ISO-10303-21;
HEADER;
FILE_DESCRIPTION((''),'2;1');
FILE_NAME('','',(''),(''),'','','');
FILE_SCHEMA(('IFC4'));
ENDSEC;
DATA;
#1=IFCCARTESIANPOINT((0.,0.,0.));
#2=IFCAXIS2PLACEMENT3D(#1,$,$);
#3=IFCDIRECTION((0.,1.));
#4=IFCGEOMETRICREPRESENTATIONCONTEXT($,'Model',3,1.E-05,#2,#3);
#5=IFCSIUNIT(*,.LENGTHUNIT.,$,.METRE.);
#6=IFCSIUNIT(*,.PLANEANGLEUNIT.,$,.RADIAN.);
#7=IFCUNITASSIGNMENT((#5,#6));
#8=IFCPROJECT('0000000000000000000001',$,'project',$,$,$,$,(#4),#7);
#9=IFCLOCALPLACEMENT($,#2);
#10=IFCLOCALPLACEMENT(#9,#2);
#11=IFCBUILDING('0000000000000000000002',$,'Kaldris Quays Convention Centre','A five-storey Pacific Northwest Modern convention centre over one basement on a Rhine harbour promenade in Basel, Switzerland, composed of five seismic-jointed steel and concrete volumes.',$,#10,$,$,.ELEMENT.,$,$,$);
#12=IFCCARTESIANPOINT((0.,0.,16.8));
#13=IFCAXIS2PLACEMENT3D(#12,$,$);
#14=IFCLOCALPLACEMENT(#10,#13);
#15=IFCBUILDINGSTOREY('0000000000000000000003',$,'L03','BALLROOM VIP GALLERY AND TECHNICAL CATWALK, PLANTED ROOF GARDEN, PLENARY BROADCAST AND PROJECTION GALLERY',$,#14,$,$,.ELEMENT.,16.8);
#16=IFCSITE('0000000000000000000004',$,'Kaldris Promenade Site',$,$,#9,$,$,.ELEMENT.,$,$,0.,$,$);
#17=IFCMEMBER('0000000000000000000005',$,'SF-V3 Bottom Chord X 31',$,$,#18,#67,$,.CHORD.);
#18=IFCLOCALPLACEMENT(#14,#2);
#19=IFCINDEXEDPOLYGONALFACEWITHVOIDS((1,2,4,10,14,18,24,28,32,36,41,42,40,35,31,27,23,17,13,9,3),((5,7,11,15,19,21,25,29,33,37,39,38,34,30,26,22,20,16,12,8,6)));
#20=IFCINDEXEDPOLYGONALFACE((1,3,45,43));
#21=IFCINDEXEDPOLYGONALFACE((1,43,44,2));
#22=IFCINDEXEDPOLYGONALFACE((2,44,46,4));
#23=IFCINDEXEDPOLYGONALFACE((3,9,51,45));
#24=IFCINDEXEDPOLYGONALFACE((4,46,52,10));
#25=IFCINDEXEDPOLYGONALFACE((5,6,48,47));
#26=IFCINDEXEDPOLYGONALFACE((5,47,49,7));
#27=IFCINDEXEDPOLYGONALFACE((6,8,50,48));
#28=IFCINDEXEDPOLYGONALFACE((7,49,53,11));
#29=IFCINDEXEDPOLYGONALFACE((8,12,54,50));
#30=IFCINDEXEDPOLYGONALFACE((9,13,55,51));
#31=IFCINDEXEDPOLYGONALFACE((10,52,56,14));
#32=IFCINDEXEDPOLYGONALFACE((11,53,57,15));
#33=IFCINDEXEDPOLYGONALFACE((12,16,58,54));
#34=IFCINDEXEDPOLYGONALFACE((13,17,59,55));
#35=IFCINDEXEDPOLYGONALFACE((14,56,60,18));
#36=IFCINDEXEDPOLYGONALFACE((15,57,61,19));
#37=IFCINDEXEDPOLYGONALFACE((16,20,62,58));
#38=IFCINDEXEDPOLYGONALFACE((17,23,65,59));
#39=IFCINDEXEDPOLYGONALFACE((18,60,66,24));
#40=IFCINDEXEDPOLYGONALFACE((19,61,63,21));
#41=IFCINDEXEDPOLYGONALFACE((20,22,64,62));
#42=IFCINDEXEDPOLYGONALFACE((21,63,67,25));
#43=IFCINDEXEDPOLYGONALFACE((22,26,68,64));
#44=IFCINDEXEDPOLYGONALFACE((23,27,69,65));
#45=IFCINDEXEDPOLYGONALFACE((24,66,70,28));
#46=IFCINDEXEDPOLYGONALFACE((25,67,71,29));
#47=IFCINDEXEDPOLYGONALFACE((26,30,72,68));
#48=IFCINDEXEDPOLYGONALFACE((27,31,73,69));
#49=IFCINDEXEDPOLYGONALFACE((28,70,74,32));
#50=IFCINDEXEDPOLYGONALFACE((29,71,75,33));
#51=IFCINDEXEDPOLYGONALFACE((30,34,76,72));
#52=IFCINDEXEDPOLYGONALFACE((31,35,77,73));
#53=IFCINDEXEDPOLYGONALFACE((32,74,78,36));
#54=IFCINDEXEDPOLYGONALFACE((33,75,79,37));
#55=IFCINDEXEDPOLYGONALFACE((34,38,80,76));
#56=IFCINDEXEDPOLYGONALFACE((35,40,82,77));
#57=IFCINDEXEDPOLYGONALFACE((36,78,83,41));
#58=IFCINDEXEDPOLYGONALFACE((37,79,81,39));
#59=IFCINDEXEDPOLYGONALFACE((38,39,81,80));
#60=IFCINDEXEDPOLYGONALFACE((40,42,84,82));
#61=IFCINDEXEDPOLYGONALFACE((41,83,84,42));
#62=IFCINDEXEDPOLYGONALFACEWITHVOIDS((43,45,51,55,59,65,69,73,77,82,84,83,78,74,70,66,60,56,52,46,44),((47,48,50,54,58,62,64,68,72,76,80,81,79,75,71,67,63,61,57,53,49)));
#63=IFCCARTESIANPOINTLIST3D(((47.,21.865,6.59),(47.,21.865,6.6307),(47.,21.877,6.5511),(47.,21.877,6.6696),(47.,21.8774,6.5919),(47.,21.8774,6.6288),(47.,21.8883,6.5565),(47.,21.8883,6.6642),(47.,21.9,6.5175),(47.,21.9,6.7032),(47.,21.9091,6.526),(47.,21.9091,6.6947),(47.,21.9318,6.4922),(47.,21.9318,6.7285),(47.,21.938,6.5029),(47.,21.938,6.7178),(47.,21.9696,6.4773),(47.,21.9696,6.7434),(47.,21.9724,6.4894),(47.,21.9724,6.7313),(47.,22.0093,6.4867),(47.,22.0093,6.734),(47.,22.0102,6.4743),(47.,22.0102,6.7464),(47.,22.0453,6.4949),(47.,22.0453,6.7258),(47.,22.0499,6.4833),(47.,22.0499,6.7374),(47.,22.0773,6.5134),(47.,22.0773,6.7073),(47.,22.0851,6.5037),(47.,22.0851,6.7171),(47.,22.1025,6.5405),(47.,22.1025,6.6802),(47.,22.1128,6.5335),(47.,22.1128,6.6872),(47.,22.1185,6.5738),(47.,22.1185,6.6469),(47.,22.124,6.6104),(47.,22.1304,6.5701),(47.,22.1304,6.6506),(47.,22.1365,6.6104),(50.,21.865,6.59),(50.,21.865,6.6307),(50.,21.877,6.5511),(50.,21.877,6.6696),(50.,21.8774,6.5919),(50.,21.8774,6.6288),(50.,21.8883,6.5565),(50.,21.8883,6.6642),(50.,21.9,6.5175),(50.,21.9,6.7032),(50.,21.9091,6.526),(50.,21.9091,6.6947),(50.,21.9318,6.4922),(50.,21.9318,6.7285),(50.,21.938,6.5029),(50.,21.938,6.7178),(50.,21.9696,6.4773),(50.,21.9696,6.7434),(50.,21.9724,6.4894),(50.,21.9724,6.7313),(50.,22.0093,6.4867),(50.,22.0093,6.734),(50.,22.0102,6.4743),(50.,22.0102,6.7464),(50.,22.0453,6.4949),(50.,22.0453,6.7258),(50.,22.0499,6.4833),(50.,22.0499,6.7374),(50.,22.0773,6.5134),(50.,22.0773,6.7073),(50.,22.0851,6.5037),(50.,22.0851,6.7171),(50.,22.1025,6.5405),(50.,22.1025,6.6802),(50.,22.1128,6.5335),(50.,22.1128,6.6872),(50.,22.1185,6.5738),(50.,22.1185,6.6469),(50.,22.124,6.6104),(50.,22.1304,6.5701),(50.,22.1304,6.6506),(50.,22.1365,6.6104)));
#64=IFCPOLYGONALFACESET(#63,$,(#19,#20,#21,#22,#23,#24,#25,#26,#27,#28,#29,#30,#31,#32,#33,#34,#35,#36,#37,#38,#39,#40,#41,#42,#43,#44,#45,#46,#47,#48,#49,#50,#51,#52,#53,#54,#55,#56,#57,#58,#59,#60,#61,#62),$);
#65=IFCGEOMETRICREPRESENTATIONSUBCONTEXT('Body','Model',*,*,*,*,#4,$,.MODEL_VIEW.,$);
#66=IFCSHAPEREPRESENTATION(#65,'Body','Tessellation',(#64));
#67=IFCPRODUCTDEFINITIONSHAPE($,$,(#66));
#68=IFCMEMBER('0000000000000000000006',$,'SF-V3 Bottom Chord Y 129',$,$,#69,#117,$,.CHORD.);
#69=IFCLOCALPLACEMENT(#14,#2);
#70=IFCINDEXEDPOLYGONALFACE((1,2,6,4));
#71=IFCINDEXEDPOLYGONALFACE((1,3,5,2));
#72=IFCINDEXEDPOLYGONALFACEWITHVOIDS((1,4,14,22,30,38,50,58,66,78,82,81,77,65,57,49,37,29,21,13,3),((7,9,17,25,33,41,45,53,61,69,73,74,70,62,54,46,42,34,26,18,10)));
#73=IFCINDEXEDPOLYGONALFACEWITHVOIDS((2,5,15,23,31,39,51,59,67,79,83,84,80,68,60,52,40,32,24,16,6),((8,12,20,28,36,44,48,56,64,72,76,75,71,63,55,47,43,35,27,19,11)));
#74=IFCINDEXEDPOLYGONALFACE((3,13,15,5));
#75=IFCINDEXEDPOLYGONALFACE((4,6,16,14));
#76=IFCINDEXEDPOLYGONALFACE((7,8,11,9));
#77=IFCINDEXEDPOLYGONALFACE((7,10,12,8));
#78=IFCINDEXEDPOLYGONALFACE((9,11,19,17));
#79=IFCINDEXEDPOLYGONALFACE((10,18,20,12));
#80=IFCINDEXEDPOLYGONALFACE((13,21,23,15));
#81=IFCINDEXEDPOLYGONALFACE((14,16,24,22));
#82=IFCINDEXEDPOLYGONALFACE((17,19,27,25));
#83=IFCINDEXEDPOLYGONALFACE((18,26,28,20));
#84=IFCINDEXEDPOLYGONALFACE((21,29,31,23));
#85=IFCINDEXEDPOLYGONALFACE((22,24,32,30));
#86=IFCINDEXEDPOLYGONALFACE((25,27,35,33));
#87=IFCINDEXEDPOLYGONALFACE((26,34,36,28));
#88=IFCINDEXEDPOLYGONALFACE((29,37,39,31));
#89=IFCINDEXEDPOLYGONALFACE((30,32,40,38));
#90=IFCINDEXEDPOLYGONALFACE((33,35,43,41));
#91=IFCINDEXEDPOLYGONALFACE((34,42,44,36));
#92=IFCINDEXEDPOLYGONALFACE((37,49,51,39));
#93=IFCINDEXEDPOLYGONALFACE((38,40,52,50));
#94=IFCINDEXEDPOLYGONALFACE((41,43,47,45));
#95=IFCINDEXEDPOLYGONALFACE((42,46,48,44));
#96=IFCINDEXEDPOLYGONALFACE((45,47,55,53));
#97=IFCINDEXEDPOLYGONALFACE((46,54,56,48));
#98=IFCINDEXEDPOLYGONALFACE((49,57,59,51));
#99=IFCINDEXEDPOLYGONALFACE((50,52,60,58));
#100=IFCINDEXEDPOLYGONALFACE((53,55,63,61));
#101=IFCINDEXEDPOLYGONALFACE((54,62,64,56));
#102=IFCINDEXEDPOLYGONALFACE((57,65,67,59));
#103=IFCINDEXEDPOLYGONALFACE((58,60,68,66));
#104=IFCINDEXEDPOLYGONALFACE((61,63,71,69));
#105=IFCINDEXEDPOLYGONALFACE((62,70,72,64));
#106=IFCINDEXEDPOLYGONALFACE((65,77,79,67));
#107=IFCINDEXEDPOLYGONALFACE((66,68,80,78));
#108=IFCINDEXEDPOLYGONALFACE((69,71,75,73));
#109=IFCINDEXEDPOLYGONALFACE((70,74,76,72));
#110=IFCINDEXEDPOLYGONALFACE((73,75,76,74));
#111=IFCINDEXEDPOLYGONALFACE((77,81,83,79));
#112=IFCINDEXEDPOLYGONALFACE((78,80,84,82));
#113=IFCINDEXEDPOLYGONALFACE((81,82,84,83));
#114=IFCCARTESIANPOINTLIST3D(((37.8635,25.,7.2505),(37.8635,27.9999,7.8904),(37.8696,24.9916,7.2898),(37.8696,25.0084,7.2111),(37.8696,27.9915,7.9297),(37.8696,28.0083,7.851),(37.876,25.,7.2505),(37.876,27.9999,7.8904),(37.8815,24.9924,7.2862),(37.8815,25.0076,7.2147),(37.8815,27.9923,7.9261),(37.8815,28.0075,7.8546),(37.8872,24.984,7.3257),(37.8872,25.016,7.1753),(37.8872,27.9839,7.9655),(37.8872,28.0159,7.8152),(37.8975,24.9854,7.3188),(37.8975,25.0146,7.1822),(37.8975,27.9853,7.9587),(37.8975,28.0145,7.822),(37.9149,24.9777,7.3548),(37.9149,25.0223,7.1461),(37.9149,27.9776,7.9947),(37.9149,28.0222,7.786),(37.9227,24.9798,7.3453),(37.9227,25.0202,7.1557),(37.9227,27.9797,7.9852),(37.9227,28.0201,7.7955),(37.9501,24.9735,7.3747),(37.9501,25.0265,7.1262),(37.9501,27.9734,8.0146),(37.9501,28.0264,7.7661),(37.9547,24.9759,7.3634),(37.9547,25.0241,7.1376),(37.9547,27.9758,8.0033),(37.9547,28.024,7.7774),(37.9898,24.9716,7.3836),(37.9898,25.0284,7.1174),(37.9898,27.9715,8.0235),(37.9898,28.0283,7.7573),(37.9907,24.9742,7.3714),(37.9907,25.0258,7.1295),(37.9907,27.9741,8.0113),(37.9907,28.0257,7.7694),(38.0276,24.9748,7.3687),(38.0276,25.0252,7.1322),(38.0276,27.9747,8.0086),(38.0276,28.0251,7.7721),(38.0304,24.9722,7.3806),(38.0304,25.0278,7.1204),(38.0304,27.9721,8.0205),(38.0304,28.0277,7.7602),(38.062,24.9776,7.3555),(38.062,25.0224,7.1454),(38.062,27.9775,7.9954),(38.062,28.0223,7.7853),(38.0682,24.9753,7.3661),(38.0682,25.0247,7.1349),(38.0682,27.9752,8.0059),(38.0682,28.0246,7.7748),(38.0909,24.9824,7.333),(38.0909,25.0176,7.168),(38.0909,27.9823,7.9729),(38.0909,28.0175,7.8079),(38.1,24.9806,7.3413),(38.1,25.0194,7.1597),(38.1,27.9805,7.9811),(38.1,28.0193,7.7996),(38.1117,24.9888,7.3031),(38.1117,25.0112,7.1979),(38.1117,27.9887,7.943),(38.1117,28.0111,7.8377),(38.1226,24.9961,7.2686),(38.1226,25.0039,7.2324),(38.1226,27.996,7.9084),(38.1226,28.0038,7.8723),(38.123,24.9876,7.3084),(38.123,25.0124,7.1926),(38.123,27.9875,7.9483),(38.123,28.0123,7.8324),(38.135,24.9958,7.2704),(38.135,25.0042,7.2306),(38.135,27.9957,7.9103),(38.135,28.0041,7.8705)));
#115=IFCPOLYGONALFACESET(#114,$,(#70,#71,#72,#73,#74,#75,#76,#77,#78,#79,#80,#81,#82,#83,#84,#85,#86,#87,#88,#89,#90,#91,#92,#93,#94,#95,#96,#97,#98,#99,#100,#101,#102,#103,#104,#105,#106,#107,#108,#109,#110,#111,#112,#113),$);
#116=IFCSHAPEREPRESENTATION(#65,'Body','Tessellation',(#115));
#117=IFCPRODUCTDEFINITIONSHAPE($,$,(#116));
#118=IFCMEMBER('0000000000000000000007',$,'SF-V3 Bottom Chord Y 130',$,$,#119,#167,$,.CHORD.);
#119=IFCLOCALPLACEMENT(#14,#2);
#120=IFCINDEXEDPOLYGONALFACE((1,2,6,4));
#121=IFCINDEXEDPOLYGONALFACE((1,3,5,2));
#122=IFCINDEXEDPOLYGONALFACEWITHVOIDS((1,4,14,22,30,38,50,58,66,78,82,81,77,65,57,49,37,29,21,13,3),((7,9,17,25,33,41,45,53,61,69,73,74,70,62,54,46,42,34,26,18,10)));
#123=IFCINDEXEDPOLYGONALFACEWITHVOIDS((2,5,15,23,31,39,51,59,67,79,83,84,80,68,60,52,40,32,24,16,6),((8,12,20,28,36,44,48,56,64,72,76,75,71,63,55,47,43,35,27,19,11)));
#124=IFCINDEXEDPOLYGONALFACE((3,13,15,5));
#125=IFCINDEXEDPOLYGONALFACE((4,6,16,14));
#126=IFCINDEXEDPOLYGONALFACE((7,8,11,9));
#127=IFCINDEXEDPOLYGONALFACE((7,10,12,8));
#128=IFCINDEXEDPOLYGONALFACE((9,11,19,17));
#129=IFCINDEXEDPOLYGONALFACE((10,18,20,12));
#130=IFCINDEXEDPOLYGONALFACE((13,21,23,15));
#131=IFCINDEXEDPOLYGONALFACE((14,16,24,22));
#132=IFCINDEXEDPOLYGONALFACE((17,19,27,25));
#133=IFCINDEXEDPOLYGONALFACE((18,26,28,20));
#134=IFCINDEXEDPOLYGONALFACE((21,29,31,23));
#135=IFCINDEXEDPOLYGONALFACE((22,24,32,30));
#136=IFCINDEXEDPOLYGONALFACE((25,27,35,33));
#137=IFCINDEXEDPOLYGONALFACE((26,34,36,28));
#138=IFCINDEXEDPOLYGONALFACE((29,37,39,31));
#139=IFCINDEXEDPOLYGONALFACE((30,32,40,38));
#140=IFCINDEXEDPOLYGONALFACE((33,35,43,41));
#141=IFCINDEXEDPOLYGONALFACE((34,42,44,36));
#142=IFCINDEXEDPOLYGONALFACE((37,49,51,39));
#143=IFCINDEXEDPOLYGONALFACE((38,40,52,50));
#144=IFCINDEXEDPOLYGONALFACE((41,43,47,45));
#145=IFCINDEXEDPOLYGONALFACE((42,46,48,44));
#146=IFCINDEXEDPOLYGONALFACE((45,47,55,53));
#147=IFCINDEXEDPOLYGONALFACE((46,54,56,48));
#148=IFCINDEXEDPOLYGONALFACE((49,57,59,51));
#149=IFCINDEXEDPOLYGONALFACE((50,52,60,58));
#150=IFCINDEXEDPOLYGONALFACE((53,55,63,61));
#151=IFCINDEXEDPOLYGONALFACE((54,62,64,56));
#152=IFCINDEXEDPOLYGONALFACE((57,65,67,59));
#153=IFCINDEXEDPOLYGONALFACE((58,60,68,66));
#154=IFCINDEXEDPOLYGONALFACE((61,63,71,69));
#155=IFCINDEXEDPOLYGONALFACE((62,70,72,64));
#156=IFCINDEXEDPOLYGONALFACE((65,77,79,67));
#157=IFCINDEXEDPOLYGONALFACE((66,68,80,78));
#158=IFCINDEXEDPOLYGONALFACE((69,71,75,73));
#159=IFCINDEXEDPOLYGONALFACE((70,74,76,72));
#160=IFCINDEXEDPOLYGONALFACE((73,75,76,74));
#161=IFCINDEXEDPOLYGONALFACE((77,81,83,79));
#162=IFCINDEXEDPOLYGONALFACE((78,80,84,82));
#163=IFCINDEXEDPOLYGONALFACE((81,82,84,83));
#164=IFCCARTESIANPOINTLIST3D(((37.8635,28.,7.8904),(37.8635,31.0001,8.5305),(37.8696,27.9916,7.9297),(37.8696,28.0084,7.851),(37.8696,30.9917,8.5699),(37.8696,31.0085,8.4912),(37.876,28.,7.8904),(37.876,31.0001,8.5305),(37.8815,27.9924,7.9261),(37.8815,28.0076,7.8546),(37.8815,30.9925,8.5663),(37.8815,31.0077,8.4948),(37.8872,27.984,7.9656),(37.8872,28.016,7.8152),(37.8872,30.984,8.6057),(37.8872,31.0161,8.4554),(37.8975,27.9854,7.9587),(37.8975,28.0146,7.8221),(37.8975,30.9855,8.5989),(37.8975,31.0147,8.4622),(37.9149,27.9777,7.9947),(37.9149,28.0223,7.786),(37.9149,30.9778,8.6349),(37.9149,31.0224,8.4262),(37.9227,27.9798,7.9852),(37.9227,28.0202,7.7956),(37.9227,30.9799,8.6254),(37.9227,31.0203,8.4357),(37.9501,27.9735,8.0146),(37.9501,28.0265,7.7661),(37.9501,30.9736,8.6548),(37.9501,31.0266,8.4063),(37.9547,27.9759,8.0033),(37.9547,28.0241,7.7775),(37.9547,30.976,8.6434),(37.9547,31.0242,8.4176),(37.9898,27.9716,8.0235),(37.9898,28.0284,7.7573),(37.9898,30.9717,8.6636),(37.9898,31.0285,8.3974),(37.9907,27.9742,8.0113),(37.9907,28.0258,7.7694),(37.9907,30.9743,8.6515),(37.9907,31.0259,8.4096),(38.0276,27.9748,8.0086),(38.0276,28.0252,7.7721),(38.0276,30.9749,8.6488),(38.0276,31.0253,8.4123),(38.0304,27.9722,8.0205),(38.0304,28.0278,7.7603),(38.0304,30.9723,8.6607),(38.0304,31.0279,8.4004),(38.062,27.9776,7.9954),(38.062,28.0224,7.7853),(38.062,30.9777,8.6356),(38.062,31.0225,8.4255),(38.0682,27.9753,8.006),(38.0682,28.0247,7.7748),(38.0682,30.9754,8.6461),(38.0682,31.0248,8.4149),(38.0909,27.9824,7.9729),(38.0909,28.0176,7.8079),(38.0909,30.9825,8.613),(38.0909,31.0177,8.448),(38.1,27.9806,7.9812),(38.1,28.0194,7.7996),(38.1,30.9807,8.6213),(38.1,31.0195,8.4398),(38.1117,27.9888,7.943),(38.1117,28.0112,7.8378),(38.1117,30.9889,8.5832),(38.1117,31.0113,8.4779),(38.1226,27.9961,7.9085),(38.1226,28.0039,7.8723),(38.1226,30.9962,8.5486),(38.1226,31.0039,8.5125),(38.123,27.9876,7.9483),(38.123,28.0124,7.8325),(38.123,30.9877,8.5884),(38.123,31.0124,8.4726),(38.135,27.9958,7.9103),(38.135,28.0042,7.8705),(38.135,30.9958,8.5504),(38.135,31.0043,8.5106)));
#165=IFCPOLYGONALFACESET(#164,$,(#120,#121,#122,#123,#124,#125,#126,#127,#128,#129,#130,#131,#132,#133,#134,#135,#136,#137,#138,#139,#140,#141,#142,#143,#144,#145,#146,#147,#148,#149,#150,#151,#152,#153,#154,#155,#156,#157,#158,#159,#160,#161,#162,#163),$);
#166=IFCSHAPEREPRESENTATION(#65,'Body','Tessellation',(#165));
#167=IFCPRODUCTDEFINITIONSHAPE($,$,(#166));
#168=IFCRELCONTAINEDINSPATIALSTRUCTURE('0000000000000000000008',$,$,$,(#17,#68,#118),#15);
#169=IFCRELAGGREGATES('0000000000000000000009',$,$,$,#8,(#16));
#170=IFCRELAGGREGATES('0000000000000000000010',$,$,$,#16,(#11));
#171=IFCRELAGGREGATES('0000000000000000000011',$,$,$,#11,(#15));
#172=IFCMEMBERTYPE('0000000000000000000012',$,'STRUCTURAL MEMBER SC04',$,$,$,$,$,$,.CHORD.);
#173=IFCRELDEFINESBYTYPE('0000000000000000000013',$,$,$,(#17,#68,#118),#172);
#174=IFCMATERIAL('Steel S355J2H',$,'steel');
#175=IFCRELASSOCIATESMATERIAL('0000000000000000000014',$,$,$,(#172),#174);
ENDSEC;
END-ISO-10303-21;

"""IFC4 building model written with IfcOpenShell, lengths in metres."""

from ifc_helpers import new_model, si_unit, direction, frame, origin, origin_2d, place, context, subcontext, project, spatial, hollow_circle, extrude, material, material_profile, profile_set, type_object, element, save


model = new_model("IFC4")

# Units and contexts
model_context = context("Model", 3, precision=1e-05, world=origin(), true_north=direction((0.0, 1.0)))
body_context = subcontext(model_context, "Body", "Model", "MODEL_VIEW")
ifc_project = project(units=[si_unit("LENGTHUNIT", "METRE"), si_unit("PLANEANGLEUNIT", "RADIAN")], contexts=[model_context])

# Site, building, storey
site_placement = place(None, origin())
site = spatial("IfcSite", under=ifc_project, at=site_placement, Name="Kaldris Promenade Site", CompositionType="ELEMENT", RefElevation=0.0)
building_placement = place(site_placement, origin())
building = spatial("IfcBuilding", under=site, at=building_placement, Name="Kaldris Quays Convention Centre", Description="A five-storey Pacific Northwest Modern convention centre over one basement on a Rhine harbour promenade in Basel, Switzerland, composed of five seismic-jointed steel and concrete volumes.", CompositionType="ELEMENT")
storey_placement = place(building_placement, frame((0.0, 0.0, 16.8)))
storey = spatial("IfcBuildingStorey", under=building, at=storey_placement, Name="L03", Description="BALLROOM VIP GALLERY AND TECHNICAL CATWALK, PLANTED ROOF GARDEN, PLENARY BROADCAST AND PROJECTION GALLERY", CompositionType="ELEMENT", Elevation=16.8)

# Members
ifc_material_1 = material(Name="Steel S355J2H", Category="steel")
ifc_material_profile_1 = material_profile(ifc_material_1, hollow_circle(Radius=0.1365, WallThickness=0.0125, at=origin_2d()), Name="CHS 273x12.5")
ifc_profile_set_1 = profile_set([ifc_material_profile_1], Name="Steel S355J2H")
member_type_1 = type_object("IfcMemberType", Name="STRUCTURAL MEMBER SC04", PredefinedType="CHORD", material=ifc_profile_set_1)
member_1_placement = place(storey_placement, frame((47.0, 22.0, 6.6104), z_axis=(1.0, 0.0, 0.0), x_axis=(0.0, 1.0, 0.0)))
element("IfcMember", 1, at=member_1_placement, inside=storey, type_object=member_type_1, Name="SF-V3 Bottom Chord X 31", PredefinedType="CHORD", context=body_context, shape_type="SweptSolid", body=[
    extrude(hollow_circle(Radius=0.1365, WallThickness=0.0125, at=origin_2d()), origin(), (0.0, 0.0, 1.0), 3.0),
])
member_2_placement = place(storey_placement, frame((38.0, 25.0, 7.2505), z_axis=(0.0, 0.978, 0.208605), x_axis=(-1.0, 0.0, 0.0)))
element("IfcMember", 2, at=member_2_placement, inside=storey, type_object=member_type_1, Name="SF-V3 Bottom Chord Y 129", PredefinedType="CHORD", context=body_context, shape_type="SweptSolid", body=[
    extrude(hollow_circle(Radius=0.1365, WallThickness=0.0125, at=origin_2d()), origin(), (0.0, 0.0, 1.0), 3.0674),
])
for number, where, z_axis, x_axis, name in (
    (3, (38.0, 28.0, 7.8904), (0.0, 0.977984, 0.208681), (-1.0, 0.0, 0.0), "SF-V3 Bottom Chord Y 130"),
):
    element("IfcMember", number, at=place(storey_placement, frame(where, z_axis=z_axis, x_axis=x_axis)), inside=storey, type_object=member_type_1, Name=name, PredefinedType="CHORD", context=body_context, shape_type="SweptSolid", body=[
        extrude(hollow_circle(Radius=0.1365, WallThickness=0.0125, at=origin_2d()), origin(), (0.0, 0.0, 1.0), 3.0676),
    ])

save(model, "model.ifc")
